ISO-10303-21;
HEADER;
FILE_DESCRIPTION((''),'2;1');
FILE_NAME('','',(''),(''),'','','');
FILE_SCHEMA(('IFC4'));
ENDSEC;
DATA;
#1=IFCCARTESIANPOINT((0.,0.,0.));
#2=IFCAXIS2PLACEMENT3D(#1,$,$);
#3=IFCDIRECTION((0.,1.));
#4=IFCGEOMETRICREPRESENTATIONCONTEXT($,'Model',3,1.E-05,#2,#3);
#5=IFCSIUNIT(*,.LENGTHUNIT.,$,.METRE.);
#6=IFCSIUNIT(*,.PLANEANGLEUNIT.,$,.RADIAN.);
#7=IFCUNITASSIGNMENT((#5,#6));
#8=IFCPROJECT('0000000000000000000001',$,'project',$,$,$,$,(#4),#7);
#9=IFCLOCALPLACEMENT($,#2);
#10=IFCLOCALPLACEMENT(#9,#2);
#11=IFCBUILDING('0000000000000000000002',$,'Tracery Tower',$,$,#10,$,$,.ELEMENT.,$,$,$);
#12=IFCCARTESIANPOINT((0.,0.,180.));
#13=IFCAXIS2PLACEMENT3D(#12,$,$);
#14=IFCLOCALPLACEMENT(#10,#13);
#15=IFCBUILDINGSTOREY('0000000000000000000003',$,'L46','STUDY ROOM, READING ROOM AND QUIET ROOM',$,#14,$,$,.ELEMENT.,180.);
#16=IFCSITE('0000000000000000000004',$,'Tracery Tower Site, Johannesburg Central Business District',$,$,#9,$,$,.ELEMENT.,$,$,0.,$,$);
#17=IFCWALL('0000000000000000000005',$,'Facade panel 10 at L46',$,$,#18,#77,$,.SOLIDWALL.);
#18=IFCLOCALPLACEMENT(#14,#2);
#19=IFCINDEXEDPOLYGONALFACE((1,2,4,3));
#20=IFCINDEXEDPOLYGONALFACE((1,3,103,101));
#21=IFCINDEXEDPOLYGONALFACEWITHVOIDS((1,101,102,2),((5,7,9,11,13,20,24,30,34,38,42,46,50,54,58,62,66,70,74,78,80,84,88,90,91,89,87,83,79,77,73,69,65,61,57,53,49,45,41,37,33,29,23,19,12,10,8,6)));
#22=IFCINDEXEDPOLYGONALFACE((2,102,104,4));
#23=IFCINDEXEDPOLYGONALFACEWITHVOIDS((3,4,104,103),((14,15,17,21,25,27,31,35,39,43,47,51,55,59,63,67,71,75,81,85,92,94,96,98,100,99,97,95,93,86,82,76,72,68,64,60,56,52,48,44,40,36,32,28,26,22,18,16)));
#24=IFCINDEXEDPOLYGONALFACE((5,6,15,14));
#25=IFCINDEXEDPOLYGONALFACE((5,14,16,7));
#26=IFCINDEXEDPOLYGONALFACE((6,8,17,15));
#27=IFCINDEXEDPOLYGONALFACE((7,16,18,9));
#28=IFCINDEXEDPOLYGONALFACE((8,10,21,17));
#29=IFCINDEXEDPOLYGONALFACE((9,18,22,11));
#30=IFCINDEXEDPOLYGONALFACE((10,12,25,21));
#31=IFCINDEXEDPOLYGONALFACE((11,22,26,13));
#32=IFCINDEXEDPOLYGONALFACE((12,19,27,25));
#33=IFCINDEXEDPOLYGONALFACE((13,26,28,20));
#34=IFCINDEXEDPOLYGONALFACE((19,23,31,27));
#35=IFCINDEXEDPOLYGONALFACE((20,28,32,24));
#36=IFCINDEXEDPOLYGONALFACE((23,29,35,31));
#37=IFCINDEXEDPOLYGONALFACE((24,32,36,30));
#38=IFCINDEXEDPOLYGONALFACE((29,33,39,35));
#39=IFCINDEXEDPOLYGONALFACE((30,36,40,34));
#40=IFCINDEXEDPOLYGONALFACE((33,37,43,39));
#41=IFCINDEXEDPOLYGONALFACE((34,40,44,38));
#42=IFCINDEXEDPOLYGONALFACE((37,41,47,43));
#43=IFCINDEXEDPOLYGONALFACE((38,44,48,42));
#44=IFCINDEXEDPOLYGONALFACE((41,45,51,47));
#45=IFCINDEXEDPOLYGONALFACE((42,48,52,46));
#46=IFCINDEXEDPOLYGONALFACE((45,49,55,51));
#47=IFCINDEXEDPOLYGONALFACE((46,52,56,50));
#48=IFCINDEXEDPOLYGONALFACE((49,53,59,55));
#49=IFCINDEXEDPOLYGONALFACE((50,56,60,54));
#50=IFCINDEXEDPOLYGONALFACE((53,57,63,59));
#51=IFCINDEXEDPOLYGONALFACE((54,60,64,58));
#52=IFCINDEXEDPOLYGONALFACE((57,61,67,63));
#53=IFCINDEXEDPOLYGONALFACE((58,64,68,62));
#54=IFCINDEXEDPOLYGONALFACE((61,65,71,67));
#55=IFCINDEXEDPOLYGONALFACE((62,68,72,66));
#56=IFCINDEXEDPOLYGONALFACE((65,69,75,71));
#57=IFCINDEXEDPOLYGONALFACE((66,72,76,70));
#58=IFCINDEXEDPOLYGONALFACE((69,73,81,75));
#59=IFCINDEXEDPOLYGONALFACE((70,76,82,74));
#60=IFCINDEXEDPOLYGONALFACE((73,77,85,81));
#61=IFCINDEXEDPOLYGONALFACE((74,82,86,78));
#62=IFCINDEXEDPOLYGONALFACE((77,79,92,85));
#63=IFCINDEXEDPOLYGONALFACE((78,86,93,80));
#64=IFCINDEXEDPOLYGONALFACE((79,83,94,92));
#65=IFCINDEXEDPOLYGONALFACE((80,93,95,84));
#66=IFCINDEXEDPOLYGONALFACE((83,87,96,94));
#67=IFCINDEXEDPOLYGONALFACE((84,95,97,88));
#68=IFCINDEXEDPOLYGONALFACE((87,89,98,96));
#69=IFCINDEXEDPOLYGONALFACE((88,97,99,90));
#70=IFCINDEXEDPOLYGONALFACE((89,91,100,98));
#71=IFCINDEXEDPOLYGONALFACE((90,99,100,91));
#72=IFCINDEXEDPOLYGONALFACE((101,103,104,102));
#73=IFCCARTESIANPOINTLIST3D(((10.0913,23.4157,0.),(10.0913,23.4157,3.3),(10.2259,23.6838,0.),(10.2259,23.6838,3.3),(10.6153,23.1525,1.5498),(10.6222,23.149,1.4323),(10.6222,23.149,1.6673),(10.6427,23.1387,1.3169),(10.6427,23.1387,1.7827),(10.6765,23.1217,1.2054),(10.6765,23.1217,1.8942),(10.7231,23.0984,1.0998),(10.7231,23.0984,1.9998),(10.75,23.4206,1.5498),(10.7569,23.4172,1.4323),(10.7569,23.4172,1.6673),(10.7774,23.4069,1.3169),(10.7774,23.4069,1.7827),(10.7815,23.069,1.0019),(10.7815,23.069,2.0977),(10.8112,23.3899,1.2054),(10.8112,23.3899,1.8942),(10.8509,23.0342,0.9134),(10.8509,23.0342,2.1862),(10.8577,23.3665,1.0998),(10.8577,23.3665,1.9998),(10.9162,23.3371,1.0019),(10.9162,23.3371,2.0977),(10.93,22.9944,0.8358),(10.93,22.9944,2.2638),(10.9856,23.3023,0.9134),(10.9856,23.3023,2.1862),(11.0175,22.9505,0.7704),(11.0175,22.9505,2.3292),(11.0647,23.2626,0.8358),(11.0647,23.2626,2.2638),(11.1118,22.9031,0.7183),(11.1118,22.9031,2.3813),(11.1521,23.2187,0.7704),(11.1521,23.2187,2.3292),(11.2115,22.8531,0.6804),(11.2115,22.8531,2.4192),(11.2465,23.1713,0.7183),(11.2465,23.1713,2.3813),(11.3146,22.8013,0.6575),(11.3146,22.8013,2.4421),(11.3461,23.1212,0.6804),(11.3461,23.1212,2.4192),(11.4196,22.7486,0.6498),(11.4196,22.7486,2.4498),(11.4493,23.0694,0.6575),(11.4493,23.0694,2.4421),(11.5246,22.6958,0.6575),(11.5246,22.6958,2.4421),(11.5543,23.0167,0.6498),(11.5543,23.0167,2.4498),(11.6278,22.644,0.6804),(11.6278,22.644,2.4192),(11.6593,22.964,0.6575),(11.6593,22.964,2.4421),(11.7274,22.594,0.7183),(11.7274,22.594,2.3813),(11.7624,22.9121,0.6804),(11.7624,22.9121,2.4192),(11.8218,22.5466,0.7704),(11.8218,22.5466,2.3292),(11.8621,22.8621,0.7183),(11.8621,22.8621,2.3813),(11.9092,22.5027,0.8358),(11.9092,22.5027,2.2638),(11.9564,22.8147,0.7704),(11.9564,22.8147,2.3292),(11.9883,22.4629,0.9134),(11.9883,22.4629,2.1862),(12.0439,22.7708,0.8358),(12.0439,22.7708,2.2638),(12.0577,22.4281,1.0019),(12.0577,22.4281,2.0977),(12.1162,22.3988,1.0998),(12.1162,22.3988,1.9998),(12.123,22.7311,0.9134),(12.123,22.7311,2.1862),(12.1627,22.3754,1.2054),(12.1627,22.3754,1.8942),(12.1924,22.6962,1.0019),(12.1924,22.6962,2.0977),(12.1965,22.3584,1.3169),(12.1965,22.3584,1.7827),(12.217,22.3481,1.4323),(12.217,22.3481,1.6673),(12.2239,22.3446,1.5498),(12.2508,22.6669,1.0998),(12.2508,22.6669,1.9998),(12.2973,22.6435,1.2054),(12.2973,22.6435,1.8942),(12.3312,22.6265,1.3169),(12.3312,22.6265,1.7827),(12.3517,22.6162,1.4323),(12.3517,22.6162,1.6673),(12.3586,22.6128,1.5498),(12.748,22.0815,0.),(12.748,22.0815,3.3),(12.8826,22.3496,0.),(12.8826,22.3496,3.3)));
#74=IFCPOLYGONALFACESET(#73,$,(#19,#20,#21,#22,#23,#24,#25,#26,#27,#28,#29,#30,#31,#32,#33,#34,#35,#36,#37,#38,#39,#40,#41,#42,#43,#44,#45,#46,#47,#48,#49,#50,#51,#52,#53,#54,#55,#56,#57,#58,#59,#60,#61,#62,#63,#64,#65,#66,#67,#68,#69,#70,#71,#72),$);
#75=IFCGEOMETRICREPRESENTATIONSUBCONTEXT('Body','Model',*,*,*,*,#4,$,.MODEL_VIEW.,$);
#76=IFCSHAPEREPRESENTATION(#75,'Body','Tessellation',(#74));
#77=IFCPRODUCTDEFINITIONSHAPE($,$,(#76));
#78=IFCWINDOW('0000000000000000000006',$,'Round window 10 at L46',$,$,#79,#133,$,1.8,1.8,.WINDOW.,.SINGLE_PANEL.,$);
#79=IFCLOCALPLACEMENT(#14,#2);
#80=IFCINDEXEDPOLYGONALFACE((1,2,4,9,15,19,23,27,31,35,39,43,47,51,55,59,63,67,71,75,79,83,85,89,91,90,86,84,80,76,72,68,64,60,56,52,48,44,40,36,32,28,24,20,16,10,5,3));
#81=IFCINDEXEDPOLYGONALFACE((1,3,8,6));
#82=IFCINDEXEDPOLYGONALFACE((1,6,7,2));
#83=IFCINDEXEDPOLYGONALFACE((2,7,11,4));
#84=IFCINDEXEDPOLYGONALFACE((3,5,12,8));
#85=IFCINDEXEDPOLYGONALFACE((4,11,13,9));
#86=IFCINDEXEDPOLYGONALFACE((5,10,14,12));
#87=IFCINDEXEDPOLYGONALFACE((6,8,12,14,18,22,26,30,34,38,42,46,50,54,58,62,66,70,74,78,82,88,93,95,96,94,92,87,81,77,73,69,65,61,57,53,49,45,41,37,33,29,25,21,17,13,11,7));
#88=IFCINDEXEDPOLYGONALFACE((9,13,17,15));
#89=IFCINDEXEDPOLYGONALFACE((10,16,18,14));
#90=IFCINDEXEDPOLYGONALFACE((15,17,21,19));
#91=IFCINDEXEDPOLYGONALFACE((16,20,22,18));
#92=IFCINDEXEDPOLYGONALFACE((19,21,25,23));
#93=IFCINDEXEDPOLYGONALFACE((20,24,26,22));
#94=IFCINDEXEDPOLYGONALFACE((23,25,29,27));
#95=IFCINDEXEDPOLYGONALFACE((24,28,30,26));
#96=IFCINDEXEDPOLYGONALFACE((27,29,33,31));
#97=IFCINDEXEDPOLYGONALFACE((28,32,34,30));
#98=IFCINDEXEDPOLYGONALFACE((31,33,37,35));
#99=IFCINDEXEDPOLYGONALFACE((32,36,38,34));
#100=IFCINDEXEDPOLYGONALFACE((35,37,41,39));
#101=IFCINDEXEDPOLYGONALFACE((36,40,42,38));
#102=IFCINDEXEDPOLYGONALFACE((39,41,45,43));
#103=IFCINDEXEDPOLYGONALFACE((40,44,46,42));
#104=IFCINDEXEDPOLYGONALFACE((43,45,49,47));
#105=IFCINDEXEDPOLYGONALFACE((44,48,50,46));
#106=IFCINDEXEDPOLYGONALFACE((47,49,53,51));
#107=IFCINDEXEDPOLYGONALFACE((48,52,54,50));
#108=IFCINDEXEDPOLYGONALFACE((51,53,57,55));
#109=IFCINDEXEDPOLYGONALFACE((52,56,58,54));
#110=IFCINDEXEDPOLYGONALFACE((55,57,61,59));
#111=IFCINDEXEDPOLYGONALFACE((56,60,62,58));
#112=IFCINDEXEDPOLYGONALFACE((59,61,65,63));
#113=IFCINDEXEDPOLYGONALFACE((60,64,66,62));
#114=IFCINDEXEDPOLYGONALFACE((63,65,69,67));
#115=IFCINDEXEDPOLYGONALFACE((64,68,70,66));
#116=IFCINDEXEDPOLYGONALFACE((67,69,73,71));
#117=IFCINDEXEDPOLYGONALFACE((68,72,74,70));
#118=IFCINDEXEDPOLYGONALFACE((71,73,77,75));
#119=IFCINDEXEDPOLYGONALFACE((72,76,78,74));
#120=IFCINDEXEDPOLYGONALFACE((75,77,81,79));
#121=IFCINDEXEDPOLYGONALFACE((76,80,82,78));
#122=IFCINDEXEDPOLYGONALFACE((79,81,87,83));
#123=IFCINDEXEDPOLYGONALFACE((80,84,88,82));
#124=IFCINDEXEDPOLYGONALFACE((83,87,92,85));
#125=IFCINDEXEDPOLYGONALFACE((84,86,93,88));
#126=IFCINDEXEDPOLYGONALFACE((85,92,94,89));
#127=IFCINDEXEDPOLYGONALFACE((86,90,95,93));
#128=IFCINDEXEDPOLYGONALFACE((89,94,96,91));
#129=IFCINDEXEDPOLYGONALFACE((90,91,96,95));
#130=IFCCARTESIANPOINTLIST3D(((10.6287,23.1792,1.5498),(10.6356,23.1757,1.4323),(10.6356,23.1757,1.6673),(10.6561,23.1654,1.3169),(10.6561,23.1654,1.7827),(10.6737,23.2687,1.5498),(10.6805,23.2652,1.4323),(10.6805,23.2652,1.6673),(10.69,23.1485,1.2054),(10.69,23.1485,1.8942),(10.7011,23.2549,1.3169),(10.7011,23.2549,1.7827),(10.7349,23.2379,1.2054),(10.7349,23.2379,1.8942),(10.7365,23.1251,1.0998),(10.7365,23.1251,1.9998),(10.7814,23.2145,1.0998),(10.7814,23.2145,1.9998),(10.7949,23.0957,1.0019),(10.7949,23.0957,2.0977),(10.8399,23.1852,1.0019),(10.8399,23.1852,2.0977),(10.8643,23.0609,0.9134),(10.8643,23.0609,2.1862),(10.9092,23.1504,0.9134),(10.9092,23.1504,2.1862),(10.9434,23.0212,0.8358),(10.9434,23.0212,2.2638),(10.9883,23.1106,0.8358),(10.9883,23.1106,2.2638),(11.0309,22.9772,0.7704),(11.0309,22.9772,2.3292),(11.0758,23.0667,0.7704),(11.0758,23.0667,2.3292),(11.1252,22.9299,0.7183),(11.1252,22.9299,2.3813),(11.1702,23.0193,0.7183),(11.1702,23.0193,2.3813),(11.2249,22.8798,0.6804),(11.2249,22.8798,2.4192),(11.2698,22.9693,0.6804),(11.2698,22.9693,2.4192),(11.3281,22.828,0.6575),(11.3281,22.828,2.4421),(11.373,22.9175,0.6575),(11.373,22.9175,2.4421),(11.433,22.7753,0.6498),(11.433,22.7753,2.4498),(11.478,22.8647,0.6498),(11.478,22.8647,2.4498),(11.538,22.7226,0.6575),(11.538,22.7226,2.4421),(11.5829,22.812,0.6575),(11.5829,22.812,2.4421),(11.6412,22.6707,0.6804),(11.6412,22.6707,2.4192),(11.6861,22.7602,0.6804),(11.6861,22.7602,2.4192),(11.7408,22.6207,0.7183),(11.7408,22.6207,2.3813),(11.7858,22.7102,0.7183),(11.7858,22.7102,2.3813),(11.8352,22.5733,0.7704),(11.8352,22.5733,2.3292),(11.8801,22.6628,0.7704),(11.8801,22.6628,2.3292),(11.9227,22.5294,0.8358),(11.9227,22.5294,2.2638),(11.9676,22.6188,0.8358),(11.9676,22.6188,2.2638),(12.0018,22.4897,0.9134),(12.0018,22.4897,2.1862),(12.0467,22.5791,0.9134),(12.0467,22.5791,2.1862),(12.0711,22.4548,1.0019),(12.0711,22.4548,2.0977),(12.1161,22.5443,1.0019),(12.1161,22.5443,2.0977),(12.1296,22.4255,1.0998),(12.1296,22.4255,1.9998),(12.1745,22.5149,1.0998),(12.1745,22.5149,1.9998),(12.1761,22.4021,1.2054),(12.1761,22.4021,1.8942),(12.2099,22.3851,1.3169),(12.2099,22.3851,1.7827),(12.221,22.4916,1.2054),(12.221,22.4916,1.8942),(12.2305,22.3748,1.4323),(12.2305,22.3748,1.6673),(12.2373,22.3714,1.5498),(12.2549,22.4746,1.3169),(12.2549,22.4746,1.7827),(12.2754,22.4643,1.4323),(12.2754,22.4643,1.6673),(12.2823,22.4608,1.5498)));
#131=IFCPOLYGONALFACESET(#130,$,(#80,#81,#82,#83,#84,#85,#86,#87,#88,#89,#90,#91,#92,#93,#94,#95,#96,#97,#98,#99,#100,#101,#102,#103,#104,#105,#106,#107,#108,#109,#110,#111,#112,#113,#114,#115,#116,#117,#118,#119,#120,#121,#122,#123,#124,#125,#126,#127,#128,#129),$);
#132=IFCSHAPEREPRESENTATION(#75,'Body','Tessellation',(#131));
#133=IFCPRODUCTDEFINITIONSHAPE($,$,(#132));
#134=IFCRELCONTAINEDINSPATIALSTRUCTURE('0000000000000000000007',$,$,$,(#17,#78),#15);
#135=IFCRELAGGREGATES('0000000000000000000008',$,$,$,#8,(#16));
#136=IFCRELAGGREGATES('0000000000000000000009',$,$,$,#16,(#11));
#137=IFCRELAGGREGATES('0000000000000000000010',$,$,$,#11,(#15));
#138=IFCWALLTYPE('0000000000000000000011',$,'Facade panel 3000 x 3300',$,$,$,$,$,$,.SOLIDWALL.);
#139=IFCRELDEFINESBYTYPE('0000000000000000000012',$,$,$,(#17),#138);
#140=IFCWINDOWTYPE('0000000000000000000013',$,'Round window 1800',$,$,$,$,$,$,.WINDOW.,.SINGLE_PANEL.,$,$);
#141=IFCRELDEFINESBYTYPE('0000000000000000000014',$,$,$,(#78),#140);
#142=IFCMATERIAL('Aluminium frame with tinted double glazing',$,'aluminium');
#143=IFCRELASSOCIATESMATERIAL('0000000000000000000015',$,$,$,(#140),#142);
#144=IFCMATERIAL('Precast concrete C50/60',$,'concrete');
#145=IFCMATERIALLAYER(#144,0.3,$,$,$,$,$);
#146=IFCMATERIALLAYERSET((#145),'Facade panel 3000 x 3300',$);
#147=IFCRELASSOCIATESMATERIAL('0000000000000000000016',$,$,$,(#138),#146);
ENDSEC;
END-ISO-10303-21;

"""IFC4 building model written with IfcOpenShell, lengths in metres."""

from ifc_helpers import new_model, si_unit, direction, frame, frame_2d, origin, origin_2d, place, context, subcontext, project, spatial, rectangle, circle, extrude, material, layer, layer_set, type_object, element, fill, save


model = new_model("IFC4")

# Units and contexts
model_context = context("Model", 3, precision=1e-05, world=origin(), true_north=direction((0.0, 1.0)))
body_context = subcontext(model_context, "Body", "Model", "MODEL_VIEW")
ifc_project = project(units=[si_unit("LENGTHUNIT", "METRE"), si_unit("PLANEANGLEUNIT", "RADIAN")], contexts=[model_context])

# Site, building, storey
site_placement = place(None, origin())
site = spatial("IfcSite", under=ifc_project, at=site_placement, Name="Tracery Tower Site, Johannesburg Central Business District", CompositionType="ELEMENT", RefElevation=0.0)
building_placement = place(site_placement, origin())
building = spatial("IfcBuilding", under=site, at=building_placement, Name="Tracery Tower", CompositionType="ELEMENT")
storey_placement = place(building_placement, frame((0.0, 0.0, 180.0)))
storey = spatial("IfcBuildingStorey", under=building, at=storey_placement, Name="L46", Description="STUDY ROOM, READING ROOM AND QUIET ROOM", CompositionType="ELEMENT", Elevation=180.0)

# Wall, opening, window
ifc_material_1 = material(Name="Aluminium frame with tinted double glazing", Category="aluminium")
window_type = type_object("IfcWindowType", Name="Round window 1800", PartitioningType="SINGLE_PANEL", PredefinedType="WINDOW", material=ifc_material_1)
ifc_material_2 = material(Name="Precast concrete C50/60", Category="concrete")
ifc_layer_1 = layer(ifc_material_2, 0.3)
ifc_layer_set_1 = layer_set([ifc_layer_1], Name="Facade panel 3000 x 3300")
wall_type_1 = type_object("IfcWallType", Name="Facade panel 3000 x 3300", PredefinedType="SOLIDWALL", material=ifc_layer_set_1)
wall_1_placement = place(storey_placement, frame((12.8152, 22.2156, 0.0), z_axis=(0.0, 0.0, 1.0), x_axis=(-0.893637, 0.44879, 0.0)))
wall_1 = element("IfcWall", 1, at=wall_1_placement, inside=storey, type_object=wall_type_1, Name="Facade panel 10 at L46", PredefinedType="SOLIDWALL", context=body_context, shape_type="SweptSolid", body=[
    extrude(rectangle(XDim=2.9729, YDim=0.3, at=frame_2d((1.4863, 0.0))), origin(), (0.0, 0.0, 1.0), 3.3),
])
opening_1_placement = place(wall_1_placement, frame((1.4863, 0.0, 1.5498)))
opening_1 = element("IfcOpeningElement", 2, at=opening_1_placement, cuts=wall_1, PredefinedType="OPENING", context=body_context, shape_type="SweptSolid", body=[
    extrude(circle(Radius=0.9, at=origin_2d()), frame((0.0, 0.1599, 0.0), z_axis=(0.0, -1.0, 0.0), x_axis=(1.0, 0.0, 0.0)), (0.0, 0.0, 1.0), 0.3201),
])
window_1_placement = place(opening_1_placement, origin())
window_1 = element("IfcWindow", 3, at=window_1_placement, inside=storey, type_object=window_type, Name="Round window 10 at L46", OverallHeight=1.8, OverallWidth=1.8, PartitioningType="SINGLE_PANEL", PredefinedType="WINDOW", context=body_context, shape_type="SweptSolid", body=[
    extrude(circle(Radius=0.9, at=origin_2d()), frame((0.0, 0.1201, 0.0), z_axis=(0.0, -1.0, 0.0), x_axis=(1.0, 0.0, 0.0)), (0.0, 0.0, 1.0), 0.1001),
])
fill(opening_1, window_1)

save(model, "model.ifc")
